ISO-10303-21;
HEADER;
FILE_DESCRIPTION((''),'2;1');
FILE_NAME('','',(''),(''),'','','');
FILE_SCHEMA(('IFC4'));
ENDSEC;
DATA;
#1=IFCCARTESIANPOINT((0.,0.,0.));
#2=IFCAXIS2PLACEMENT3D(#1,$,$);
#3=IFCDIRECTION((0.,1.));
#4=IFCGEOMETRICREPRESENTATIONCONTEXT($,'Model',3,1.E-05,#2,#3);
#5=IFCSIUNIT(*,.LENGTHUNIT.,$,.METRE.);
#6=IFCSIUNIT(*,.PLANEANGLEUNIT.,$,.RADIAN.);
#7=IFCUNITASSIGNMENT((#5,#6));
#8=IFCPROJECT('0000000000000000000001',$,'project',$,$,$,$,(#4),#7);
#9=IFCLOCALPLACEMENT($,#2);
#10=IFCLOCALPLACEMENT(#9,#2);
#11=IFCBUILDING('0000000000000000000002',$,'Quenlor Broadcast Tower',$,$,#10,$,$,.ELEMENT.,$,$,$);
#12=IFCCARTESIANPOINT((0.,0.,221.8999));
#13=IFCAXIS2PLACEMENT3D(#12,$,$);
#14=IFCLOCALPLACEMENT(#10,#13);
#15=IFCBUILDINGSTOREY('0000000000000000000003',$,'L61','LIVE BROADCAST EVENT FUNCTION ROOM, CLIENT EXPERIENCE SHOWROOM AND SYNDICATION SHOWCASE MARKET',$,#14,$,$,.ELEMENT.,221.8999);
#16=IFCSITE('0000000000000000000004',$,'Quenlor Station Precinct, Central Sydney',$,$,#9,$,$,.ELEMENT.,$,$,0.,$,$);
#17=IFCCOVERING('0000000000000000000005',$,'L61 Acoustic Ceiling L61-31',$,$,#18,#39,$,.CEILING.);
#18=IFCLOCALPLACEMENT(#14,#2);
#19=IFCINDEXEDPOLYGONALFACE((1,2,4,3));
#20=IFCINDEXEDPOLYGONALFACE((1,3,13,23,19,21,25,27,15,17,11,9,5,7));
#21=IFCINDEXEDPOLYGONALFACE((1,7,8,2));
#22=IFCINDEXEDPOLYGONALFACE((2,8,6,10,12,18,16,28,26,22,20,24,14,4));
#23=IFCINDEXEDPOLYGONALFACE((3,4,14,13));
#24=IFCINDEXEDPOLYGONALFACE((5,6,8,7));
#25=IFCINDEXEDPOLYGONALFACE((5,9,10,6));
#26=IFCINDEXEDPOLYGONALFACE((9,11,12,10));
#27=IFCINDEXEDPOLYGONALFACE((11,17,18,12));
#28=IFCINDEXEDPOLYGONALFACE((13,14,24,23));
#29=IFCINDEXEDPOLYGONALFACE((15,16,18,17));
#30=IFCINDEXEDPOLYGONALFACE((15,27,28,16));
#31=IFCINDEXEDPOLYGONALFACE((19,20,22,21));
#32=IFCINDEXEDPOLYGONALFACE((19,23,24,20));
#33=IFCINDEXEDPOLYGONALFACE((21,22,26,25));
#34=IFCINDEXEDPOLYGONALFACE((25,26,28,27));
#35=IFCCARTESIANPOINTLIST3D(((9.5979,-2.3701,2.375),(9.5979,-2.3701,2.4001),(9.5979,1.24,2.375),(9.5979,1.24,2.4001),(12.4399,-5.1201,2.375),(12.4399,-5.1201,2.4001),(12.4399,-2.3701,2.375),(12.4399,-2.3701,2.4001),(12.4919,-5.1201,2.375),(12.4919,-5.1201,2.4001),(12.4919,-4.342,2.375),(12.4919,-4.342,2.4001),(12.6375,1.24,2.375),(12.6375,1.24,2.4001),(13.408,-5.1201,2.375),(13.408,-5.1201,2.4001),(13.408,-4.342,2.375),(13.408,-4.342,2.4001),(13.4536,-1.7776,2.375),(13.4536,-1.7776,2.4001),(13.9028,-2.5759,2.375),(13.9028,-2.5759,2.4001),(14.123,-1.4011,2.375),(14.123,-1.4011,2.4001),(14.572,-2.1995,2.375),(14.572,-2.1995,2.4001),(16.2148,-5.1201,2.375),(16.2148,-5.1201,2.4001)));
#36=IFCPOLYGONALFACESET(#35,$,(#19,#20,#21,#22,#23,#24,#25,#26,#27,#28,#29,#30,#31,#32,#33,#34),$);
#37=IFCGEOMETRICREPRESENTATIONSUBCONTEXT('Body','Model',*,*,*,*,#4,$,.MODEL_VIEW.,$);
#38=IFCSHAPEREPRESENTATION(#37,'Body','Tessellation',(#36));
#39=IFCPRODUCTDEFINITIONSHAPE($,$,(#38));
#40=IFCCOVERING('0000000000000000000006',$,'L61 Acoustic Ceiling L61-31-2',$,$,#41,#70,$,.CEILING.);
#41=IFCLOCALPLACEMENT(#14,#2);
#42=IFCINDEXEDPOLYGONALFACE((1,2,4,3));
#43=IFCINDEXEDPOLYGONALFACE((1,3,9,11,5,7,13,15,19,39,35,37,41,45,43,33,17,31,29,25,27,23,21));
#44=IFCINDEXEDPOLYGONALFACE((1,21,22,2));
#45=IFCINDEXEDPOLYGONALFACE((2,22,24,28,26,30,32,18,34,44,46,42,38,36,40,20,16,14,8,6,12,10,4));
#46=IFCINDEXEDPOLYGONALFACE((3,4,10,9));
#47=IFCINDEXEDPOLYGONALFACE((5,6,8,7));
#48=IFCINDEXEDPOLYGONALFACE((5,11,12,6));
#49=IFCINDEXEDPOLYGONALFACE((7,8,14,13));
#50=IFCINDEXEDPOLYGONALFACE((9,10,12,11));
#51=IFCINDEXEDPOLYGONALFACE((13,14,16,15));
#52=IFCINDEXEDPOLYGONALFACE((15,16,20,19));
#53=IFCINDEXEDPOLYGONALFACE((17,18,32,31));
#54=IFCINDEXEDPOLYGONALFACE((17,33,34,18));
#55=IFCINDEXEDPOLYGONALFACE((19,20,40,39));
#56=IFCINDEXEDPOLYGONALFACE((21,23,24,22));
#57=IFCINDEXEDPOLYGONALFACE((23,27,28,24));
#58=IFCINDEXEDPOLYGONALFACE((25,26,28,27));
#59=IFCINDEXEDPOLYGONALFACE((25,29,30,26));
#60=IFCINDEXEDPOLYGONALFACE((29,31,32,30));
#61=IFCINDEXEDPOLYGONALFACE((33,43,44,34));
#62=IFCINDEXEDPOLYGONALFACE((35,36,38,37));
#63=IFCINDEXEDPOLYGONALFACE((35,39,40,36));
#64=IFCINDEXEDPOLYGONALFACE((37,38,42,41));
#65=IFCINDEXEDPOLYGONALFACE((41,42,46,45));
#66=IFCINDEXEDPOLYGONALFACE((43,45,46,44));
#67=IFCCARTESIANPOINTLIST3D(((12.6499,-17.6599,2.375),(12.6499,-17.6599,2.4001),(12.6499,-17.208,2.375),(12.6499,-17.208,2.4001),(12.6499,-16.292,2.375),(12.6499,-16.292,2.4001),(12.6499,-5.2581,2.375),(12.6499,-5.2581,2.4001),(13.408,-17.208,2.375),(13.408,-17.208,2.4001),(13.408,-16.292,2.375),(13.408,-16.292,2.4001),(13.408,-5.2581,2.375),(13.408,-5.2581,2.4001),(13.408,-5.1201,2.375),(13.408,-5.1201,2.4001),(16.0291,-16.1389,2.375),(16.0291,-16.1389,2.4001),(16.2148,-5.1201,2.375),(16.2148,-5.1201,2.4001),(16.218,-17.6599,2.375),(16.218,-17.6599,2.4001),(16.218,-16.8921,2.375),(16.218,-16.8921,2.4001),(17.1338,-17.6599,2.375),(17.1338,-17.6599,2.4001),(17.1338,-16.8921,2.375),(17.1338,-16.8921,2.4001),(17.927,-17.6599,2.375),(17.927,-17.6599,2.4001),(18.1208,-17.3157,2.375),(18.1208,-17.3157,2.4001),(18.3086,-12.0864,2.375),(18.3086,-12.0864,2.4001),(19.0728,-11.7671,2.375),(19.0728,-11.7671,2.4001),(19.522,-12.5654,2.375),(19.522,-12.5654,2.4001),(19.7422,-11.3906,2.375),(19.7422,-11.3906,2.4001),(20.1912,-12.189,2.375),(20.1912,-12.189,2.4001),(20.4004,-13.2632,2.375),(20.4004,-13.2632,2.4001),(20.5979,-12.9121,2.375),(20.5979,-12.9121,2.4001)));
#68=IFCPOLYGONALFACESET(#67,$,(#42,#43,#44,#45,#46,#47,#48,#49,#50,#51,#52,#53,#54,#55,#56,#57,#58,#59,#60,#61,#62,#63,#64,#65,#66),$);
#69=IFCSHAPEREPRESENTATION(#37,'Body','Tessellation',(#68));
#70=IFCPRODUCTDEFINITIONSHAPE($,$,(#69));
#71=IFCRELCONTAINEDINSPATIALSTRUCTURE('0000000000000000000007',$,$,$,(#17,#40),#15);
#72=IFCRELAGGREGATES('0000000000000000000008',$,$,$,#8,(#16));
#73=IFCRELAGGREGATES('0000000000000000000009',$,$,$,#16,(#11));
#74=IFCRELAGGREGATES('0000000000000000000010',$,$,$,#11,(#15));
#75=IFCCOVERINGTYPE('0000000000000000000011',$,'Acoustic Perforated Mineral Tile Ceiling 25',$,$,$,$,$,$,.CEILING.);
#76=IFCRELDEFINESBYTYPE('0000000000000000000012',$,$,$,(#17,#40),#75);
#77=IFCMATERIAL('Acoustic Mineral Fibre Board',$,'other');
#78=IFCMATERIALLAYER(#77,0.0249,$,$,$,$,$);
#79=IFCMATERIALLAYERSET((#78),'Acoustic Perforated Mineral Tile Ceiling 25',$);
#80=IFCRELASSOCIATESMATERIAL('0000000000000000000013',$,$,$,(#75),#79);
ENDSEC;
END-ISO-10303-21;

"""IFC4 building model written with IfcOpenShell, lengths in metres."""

from ifc_helpers import new_model, si_unit, direction, frame, origin, place, context, subcontext, project, spatial, polyline, outline, extrude, material, layer, layer_set, type_object, element, save


model = new_model("IFC4")

# Units and contexts
model_context = context("Model", 3, precision=1e-05, world=origin(), true_north=direction((0.0, 1.0)))
body_context = subcontext(model_context, "Body", "Model", "MODEL_VIEW")
ifc_project = project(units=[si_unit("LENGTHUNIT", "METRE"), si_unit("PLANEANGLEUNIT", "RADIAN")], contexts=[model_context])

# Site, building, storey
site_placement = place(None, origin())
site = spatial("IfcSite", under=ifc_project, at=site_placement, Name="Quenlor Station Precinct, Central Sydney", CompositionType="ELEMENT", RefElevation=0.0)
building_placement = place(site_placement, origin())
building = spatial("IfcBuilding", under=site, at=building_placement, Name="Quenlor Broadcast Tower", CompositionType="ELEMENT")
storey_placement = place(building_placement, frame((0.0, 0.0, 221.8999)))
storey = spatial("IfcBuildingStorey", under=building, at=storey_placement, Name="L61", Description="LIVE BROADCAST EVENT FUNCTION ROOM, CLIENT EXPERIENCE SHOWROOM AND SYNDICATION SHOWCASE MARKET", CompositionType="ELEMENT", Elevation=221.8999)

# Coverings
ifc_material_1 = material(Name="Acoustic Mineral Fibre Board", Category="other")
ifc_layer_1 = layer(ifc_material_1, 0.0249)
ifc_layer_set_1 = layer_set([ifc_layer_1], Name="Acoustic Perforated Mineral Tile Ceiling 25")
covering_type = type_object("IfcCoveringType", Name="Acoustic Perforated Mineral Tile Ceiling 25", PredefinedType="CEILING", material=ifc_layer_set_1)
covering_1_placement = place(storey_placement, frame((0.0, 0.0, 2.375)))
element("IfcCovering", 1, at=covering_1_placement, inside=storey, type_object=covering_type, Name="L61 Acoustic Ceiling L61-31", PredefinedType="CEILING", context=body_context, shape_type="SweptSolid", body=[
    extrude(outline(polyline([(13.408, -4.342), (12.4919, -4.342), (12.4919, -5.1201), (12.4399, -5.1201), (12.4399, -2.3701), (9.5979, -2.3701), (9.5979, 1.24), (12.6375, 1.24), (14.123, -1.4011), (13.4536, -1.7776), (13.9028, -2.5759), (14.572, -2.1995), (16.2148, -5.1201), (13.408, -5.1201), (13.408, -4.342)])), origin(), (0.0, 0.0, 1.0), 0.0251),
])
covering_2_placement = place(storey_placement, frame((0.0, 0.0, 2.375)))
element("IfcCovering", 2, at=covering_2_placement, inside=storey, type_object=covering_type, Name="L61 Acoustic Ceiling L61-31-2", PredefinedType="CEILING", context=body_context, shape_type="SweptSolid", body=[
    extrude(outline(polyline([(13.408, -5.1201), (16.2148, -5.1201), (19.7422, -11.3906), (19.0728, -11.7671), (19.522, -12.5654), (20.1912, -12.189), (20.5979, -12.9121), (20.4004, -13.2632), (18.3086, -12.0864), (16.0291, -16.1389), (18.1208, -17.3157), (17.927, -17.6599), (17.1338, -17.6599), (17.1338, -16.8921), (16.218, -16.8921), (16.218, -17.6599), (12.6499, -17.6599), (12.6499, -17.208), (13.408, -17.208), (13.408, -16.292), (12.6499, -16.292), (12.6499, -5.2581), (13.408, -5.2581), (13.408, -5.1201)])), origin(), (0.0, 0.0, 1.0), 0.0251),
])

save(model, "model.ifc")
